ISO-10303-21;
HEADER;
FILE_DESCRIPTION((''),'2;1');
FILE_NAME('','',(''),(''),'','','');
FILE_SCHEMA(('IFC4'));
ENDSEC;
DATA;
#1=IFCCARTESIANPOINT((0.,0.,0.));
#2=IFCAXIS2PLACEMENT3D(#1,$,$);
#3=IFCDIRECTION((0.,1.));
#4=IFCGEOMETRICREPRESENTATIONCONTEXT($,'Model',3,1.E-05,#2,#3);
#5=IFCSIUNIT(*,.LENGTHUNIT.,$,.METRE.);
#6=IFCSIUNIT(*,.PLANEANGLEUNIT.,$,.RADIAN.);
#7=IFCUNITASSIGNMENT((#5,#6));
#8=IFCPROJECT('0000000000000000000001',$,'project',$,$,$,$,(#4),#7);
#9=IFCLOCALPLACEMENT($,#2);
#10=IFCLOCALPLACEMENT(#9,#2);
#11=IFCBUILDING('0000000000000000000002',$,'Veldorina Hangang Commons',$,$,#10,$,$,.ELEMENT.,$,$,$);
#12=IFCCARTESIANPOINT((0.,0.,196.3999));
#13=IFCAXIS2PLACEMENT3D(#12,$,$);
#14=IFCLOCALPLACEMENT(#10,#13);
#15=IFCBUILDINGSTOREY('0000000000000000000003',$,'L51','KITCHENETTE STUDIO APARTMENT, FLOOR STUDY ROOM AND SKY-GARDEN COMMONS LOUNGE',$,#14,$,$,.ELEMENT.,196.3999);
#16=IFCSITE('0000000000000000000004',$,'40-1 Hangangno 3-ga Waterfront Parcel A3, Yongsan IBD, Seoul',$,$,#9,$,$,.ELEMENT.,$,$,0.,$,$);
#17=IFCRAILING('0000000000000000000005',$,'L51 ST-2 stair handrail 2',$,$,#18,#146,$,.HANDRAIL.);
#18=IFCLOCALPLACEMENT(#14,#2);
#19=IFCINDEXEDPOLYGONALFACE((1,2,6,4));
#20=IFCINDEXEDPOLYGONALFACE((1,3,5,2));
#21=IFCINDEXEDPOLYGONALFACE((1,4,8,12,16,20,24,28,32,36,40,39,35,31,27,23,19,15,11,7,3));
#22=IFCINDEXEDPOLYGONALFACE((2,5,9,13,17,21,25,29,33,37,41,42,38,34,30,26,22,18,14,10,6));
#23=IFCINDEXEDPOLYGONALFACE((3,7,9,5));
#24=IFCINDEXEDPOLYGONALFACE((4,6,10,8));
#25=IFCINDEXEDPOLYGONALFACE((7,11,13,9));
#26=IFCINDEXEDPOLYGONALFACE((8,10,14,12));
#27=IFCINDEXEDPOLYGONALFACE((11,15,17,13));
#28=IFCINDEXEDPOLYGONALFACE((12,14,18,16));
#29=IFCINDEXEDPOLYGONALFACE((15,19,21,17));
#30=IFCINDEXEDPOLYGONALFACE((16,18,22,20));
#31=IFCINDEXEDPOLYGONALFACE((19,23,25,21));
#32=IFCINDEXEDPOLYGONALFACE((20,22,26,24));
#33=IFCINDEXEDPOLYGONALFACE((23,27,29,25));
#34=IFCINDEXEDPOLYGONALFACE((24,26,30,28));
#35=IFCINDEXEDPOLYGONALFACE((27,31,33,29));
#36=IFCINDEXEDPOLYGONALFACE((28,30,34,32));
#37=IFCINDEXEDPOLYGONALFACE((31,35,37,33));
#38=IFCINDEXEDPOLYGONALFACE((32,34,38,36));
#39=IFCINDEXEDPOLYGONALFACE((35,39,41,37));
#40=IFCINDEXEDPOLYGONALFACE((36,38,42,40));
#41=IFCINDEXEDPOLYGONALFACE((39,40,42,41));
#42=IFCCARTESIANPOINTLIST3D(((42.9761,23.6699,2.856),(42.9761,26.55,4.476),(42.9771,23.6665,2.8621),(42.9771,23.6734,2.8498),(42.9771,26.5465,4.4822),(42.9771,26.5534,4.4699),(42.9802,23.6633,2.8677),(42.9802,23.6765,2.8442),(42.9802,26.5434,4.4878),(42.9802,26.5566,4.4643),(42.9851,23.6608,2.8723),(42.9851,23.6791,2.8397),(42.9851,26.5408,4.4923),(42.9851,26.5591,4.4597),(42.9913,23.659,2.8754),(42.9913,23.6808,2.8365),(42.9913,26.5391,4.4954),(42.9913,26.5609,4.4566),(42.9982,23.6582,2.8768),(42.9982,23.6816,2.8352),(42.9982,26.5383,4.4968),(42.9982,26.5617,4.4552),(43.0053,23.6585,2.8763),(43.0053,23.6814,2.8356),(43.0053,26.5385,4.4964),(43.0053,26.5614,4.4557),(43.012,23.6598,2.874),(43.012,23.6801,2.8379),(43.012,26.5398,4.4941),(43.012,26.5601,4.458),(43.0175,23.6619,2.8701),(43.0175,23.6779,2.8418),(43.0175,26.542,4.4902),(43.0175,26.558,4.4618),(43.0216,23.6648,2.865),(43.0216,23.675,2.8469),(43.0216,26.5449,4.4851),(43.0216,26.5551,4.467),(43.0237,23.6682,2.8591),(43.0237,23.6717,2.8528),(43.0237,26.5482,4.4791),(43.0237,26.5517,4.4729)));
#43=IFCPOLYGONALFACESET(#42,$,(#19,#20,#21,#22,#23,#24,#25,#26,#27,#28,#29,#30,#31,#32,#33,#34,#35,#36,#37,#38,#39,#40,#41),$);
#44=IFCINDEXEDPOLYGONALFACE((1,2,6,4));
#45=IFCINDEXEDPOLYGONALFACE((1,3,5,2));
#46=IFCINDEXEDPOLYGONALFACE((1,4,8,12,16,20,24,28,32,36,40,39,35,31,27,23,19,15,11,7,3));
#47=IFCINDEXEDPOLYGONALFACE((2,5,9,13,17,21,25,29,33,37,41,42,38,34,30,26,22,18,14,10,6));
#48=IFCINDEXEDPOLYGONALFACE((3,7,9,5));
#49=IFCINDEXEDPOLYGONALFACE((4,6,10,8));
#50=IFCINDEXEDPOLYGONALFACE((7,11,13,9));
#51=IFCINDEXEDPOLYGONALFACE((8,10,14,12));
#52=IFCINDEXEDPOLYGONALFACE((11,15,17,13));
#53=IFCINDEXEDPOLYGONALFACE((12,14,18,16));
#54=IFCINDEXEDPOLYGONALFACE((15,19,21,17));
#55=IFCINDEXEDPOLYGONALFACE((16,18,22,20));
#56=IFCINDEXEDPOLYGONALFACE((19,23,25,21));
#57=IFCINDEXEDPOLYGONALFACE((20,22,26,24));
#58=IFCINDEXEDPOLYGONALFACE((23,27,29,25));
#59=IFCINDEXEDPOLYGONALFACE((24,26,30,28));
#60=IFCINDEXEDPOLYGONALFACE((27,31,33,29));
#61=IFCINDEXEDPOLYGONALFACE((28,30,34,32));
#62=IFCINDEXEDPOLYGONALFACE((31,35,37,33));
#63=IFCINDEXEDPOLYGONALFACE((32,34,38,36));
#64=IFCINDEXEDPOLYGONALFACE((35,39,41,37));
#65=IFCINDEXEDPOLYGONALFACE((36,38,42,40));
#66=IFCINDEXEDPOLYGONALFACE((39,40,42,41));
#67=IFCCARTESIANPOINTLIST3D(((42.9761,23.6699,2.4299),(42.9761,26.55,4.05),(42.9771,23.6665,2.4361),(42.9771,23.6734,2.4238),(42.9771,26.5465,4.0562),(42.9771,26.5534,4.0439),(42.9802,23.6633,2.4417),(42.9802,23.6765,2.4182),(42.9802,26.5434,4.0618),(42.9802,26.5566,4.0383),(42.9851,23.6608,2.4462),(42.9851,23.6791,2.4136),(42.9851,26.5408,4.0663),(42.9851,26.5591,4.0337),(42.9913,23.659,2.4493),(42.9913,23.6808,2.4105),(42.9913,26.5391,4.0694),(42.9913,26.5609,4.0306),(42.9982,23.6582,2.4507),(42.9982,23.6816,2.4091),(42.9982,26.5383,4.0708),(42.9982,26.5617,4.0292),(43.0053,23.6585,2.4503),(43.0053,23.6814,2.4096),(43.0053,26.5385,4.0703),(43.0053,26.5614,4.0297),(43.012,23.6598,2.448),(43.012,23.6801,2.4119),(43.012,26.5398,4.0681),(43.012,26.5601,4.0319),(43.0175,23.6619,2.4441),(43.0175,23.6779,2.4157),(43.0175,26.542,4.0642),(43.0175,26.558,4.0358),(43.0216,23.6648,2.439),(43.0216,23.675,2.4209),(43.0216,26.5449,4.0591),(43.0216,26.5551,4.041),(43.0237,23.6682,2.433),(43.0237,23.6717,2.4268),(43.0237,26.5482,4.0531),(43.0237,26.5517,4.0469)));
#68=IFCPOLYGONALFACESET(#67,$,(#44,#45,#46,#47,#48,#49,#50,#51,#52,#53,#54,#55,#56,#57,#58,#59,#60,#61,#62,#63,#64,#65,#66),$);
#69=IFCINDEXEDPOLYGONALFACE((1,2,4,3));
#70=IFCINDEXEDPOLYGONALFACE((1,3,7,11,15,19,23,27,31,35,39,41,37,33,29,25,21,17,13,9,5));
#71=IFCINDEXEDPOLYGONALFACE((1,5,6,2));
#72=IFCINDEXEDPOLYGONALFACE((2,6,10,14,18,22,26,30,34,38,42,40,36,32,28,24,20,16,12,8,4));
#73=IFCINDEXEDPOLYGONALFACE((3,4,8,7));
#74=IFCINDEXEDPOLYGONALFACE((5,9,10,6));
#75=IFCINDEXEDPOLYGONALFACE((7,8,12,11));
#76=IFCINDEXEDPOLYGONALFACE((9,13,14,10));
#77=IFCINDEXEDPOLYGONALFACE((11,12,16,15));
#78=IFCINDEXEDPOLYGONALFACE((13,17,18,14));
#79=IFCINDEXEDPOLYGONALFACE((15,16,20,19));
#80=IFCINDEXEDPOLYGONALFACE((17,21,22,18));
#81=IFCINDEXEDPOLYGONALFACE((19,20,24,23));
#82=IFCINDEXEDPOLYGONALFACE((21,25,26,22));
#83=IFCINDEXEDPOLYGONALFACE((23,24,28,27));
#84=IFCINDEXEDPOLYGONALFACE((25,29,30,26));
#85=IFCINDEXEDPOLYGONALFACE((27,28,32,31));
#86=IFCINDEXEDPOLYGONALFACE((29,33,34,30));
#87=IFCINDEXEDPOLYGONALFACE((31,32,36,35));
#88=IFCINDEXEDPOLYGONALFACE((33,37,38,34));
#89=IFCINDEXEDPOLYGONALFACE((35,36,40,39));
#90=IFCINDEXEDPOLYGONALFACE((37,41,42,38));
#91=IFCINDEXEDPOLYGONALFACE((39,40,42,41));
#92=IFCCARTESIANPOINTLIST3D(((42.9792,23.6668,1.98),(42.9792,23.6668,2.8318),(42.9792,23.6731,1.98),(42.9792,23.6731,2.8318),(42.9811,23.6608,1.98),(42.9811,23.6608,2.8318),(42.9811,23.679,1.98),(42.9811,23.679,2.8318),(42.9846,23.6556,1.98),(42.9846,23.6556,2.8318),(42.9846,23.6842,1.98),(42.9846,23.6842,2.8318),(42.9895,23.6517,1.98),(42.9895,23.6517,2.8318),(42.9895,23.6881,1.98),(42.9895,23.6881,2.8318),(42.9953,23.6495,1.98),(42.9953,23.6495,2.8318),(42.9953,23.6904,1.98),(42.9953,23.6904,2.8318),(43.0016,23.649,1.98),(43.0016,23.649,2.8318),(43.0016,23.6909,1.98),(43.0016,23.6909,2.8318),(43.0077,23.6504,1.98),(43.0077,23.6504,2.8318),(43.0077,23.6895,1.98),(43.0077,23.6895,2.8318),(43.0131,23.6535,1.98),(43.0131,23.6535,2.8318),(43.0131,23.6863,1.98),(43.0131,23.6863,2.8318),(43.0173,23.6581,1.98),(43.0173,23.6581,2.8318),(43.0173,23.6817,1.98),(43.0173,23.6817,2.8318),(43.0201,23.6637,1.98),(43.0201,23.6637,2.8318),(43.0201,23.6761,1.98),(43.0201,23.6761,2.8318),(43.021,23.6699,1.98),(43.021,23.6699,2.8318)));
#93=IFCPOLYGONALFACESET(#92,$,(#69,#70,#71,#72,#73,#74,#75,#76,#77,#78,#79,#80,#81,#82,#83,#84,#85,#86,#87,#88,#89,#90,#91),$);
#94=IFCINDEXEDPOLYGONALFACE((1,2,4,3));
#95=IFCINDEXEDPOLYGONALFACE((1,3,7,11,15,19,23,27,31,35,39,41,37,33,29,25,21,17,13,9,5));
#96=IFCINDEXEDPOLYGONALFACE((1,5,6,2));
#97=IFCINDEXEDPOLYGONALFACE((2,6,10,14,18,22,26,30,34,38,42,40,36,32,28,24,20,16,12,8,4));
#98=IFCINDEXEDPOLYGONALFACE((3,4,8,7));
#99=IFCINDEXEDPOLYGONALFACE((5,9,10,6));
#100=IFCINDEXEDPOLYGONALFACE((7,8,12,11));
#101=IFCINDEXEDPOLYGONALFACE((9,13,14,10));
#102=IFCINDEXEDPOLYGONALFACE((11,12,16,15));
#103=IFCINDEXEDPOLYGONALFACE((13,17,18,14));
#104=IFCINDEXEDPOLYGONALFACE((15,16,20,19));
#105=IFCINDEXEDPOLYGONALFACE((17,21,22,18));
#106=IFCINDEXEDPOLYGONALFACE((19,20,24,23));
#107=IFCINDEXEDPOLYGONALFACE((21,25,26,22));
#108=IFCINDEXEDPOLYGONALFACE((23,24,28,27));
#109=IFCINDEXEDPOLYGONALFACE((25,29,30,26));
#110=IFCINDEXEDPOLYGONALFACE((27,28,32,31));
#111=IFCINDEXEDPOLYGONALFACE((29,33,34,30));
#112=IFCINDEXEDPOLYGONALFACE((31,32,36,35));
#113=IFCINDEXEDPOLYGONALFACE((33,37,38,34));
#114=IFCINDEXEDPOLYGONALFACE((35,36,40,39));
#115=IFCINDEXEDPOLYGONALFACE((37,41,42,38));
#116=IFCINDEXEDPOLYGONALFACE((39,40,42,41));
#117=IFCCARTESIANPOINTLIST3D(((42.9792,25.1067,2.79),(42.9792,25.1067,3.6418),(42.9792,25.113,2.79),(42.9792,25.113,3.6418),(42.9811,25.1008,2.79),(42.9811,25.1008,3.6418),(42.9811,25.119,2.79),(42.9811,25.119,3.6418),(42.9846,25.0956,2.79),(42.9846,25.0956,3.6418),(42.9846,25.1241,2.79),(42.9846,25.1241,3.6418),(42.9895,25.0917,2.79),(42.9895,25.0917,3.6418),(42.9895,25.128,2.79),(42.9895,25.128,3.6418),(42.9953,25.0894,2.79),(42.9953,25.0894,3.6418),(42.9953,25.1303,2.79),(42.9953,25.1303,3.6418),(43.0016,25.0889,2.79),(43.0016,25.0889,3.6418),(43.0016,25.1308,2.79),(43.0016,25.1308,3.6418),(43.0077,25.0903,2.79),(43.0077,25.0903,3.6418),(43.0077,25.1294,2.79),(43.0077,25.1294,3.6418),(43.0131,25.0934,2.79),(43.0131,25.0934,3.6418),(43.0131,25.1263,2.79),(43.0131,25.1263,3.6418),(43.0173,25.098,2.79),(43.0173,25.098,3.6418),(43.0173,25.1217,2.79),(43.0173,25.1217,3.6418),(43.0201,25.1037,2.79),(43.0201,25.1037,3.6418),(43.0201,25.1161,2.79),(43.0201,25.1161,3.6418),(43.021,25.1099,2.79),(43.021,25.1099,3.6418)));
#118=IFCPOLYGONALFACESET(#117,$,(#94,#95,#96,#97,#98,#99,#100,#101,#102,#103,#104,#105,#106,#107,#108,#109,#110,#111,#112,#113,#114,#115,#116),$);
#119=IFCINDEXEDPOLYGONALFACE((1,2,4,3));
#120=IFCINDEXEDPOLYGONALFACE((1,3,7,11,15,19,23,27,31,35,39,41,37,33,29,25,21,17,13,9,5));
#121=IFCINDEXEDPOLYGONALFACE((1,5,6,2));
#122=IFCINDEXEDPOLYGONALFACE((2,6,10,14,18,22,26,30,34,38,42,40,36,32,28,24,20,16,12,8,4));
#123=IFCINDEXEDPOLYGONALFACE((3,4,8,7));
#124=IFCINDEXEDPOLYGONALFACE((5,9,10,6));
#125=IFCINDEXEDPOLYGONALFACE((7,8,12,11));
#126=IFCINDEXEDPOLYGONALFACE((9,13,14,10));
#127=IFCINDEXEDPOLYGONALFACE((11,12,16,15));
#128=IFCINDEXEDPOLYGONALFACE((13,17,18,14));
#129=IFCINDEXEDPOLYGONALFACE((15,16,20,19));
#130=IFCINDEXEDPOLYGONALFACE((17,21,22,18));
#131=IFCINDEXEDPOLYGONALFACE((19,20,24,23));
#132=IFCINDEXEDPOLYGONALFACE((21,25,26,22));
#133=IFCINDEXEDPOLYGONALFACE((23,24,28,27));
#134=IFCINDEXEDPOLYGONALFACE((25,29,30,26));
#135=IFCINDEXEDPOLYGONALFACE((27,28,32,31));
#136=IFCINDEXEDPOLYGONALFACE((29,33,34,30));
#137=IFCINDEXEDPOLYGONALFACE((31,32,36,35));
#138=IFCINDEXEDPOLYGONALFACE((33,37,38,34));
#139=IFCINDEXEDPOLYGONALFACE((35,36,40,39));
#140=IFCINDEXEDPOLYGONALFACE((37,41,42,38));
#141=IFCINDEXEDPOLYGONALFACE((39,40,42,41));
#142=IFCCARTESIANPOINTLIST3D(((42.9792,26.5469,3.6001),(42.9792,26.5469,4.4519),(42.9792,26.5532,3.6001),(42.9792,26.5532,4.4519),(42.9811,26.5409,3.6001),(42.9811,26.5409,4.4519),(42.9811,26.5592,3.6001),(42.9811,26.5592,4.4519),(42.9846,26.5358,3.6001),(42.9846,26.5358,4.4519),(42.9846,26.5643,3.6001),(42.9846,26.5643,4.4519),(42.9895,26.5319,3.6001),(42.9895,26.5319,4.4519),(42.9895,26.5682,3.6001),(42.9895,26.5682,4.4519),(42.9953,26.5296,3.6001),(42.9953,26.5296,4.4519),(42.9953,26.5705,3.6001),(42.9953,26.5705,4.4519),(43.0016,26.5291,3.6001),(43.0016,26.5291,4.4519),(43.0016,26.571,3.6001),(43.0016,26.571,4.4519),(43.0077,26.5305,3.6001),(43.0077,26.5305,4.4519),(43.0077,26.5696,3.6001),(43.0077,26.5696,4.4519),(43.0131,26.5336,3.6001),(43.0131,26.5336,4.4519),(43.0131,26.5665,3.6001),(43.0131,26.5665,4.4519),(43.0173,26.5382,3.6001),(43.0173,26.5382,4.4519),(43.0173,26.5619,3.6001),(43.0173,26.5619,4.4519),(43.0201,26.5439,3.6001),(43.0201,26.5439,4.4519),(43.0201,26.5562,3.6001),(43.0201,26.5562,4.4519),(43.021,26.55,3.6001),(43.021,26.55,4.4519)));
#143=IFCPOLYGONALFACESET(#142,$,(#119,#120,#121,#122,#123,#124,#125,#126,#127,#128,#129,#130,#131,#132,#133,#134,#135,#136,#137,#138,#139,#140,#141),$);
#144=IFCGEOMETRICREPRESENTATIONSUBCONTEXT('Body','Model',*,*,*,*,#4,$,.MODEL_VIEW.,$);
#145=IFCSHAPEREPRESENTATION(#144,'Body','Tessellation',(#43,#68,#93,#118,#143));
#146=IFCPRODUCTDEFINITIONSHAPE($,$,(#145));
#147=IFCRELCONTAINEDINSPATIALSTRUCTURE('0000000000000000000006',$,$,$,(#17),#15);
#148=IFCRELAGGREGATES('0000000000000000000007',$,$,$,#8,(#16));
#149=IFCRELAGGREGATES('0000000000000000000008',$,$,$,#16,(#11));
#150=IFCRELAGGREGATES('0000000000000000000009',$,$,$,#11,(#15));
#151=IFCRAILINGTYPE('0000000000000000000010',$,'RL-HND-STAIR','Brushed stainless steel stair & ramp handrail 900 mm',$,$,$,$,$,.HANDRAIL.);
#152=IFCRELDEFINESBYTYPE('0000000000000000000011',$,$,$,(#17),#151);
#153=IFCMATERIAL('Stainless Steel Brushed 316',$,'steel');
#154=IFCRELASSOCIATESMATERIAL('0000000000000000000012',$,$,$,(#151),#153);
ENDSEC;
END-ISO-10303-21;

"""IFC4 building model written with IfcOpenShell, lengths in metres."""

from ifc_helpers import new_model, si_unit, direction, frame, origin, origin_2d, place, context, subcontext, project, spatial, circle, extrude, material, type_object, element, save


model = new_model("IFC4")

# Units and contexts
model_context = context("Model", 3, precision=1e-05, world=origin(), true_north=direction((0.0, 1.0)))
body_context = subcontext(model_context, "Body", "Model", "MODEL_VIEW")
ifc_project = project(units=[si_unit("LENGTHUNIT", "METRE"), si_unit("PLANEANGLEUNIT", "RADIAN")], contexts=[model_context])

# Site, building, storey
site_placement = place(None, origin())
site = spatial("IfcSite", under=ifc_project, at=site_placement, Name="40-1 Hangangno 3-ga Waterfront Parcel A3, Yongsan IBD, Seoul", CompositionType="ELEMENT", RefElevation=0.0)
building_placement = place(site_placement, origin())
building = spatial("IfcBuilding", under=site, at=building_placement, Name="Veldorina Hangang Commons", CompositionType="ELEMENT")
storey_placement = place(building_placement, frame((0.0, 0.0, 196.3999)))
storey = spatial("IfcBuildingStorey", under=building, at=storey_placement, Name="L51", Description="KITCHENETTE STUDIO APARTMENT, FLOOR STUDY ROOM AND SKY-GARDEN COMMONS LOUNGE", CompositionType="ELEMENT", Elevation=196.3999)

# Railing
ifc_material_1 = material(Name="Stainless Steel Brushed 316", Category="steel")
railing_type_1 = type_object("IfcRailingType", Name="RL-HND-STAIR", Description="Brushed stainless steel stair & ramp handrail 900 mm", PredefinedType="HANDRAIL", material=ifc_material_1)
railing_1_placement = place(storey_placement, frame((43.0, 23.6699, 1.98)))
element("IfcRailing", 1, at=railing_1_placement, inside=storey, type_object=railing_type_1, Name="L51 ST-2 stair handrail 2", PredefinedType="HANDRAIL", context=body_context, shape_type="SweptSolid", body=[
    extrude(circle(Radius=0.0239, at=origin_2d()), frame((0.0, 0.0, 0.876), z_axis=(0.0, 0.87157, 0.490272), x_axis=(-1.0, 0.0, 0.0)), (0.0, 0.0, 1.0), 3.3044),
    extrude(circle(Radius=0.0239, at=origin_2d()), frame((0.0, 0.0, 0.45), z_axis=(0.0, 0.87157, 0.490272), x_axis=(-1.0, 0.0, 0.0)), (0.0, 0.0, 1.0), 3.3044),
    extrude(circle(Radius=0.021, at=origin_2d()), origin(), (0.0, 0.0, 1.0), 0.8518),
    extrude(circle(Radius=0.021, at=origin_2d()), frame((0.0, 1.4399, 0.8101)), (0.0, 0.0, 1.0), 0.8518),
    extrude(circle(Radius=0.021, at=origin_2d()), frame((0.0, 2.8801, 1.6201)), (0.0, 0.0, 1.0), 0.8518),
])

save(model, "model.ifc")
